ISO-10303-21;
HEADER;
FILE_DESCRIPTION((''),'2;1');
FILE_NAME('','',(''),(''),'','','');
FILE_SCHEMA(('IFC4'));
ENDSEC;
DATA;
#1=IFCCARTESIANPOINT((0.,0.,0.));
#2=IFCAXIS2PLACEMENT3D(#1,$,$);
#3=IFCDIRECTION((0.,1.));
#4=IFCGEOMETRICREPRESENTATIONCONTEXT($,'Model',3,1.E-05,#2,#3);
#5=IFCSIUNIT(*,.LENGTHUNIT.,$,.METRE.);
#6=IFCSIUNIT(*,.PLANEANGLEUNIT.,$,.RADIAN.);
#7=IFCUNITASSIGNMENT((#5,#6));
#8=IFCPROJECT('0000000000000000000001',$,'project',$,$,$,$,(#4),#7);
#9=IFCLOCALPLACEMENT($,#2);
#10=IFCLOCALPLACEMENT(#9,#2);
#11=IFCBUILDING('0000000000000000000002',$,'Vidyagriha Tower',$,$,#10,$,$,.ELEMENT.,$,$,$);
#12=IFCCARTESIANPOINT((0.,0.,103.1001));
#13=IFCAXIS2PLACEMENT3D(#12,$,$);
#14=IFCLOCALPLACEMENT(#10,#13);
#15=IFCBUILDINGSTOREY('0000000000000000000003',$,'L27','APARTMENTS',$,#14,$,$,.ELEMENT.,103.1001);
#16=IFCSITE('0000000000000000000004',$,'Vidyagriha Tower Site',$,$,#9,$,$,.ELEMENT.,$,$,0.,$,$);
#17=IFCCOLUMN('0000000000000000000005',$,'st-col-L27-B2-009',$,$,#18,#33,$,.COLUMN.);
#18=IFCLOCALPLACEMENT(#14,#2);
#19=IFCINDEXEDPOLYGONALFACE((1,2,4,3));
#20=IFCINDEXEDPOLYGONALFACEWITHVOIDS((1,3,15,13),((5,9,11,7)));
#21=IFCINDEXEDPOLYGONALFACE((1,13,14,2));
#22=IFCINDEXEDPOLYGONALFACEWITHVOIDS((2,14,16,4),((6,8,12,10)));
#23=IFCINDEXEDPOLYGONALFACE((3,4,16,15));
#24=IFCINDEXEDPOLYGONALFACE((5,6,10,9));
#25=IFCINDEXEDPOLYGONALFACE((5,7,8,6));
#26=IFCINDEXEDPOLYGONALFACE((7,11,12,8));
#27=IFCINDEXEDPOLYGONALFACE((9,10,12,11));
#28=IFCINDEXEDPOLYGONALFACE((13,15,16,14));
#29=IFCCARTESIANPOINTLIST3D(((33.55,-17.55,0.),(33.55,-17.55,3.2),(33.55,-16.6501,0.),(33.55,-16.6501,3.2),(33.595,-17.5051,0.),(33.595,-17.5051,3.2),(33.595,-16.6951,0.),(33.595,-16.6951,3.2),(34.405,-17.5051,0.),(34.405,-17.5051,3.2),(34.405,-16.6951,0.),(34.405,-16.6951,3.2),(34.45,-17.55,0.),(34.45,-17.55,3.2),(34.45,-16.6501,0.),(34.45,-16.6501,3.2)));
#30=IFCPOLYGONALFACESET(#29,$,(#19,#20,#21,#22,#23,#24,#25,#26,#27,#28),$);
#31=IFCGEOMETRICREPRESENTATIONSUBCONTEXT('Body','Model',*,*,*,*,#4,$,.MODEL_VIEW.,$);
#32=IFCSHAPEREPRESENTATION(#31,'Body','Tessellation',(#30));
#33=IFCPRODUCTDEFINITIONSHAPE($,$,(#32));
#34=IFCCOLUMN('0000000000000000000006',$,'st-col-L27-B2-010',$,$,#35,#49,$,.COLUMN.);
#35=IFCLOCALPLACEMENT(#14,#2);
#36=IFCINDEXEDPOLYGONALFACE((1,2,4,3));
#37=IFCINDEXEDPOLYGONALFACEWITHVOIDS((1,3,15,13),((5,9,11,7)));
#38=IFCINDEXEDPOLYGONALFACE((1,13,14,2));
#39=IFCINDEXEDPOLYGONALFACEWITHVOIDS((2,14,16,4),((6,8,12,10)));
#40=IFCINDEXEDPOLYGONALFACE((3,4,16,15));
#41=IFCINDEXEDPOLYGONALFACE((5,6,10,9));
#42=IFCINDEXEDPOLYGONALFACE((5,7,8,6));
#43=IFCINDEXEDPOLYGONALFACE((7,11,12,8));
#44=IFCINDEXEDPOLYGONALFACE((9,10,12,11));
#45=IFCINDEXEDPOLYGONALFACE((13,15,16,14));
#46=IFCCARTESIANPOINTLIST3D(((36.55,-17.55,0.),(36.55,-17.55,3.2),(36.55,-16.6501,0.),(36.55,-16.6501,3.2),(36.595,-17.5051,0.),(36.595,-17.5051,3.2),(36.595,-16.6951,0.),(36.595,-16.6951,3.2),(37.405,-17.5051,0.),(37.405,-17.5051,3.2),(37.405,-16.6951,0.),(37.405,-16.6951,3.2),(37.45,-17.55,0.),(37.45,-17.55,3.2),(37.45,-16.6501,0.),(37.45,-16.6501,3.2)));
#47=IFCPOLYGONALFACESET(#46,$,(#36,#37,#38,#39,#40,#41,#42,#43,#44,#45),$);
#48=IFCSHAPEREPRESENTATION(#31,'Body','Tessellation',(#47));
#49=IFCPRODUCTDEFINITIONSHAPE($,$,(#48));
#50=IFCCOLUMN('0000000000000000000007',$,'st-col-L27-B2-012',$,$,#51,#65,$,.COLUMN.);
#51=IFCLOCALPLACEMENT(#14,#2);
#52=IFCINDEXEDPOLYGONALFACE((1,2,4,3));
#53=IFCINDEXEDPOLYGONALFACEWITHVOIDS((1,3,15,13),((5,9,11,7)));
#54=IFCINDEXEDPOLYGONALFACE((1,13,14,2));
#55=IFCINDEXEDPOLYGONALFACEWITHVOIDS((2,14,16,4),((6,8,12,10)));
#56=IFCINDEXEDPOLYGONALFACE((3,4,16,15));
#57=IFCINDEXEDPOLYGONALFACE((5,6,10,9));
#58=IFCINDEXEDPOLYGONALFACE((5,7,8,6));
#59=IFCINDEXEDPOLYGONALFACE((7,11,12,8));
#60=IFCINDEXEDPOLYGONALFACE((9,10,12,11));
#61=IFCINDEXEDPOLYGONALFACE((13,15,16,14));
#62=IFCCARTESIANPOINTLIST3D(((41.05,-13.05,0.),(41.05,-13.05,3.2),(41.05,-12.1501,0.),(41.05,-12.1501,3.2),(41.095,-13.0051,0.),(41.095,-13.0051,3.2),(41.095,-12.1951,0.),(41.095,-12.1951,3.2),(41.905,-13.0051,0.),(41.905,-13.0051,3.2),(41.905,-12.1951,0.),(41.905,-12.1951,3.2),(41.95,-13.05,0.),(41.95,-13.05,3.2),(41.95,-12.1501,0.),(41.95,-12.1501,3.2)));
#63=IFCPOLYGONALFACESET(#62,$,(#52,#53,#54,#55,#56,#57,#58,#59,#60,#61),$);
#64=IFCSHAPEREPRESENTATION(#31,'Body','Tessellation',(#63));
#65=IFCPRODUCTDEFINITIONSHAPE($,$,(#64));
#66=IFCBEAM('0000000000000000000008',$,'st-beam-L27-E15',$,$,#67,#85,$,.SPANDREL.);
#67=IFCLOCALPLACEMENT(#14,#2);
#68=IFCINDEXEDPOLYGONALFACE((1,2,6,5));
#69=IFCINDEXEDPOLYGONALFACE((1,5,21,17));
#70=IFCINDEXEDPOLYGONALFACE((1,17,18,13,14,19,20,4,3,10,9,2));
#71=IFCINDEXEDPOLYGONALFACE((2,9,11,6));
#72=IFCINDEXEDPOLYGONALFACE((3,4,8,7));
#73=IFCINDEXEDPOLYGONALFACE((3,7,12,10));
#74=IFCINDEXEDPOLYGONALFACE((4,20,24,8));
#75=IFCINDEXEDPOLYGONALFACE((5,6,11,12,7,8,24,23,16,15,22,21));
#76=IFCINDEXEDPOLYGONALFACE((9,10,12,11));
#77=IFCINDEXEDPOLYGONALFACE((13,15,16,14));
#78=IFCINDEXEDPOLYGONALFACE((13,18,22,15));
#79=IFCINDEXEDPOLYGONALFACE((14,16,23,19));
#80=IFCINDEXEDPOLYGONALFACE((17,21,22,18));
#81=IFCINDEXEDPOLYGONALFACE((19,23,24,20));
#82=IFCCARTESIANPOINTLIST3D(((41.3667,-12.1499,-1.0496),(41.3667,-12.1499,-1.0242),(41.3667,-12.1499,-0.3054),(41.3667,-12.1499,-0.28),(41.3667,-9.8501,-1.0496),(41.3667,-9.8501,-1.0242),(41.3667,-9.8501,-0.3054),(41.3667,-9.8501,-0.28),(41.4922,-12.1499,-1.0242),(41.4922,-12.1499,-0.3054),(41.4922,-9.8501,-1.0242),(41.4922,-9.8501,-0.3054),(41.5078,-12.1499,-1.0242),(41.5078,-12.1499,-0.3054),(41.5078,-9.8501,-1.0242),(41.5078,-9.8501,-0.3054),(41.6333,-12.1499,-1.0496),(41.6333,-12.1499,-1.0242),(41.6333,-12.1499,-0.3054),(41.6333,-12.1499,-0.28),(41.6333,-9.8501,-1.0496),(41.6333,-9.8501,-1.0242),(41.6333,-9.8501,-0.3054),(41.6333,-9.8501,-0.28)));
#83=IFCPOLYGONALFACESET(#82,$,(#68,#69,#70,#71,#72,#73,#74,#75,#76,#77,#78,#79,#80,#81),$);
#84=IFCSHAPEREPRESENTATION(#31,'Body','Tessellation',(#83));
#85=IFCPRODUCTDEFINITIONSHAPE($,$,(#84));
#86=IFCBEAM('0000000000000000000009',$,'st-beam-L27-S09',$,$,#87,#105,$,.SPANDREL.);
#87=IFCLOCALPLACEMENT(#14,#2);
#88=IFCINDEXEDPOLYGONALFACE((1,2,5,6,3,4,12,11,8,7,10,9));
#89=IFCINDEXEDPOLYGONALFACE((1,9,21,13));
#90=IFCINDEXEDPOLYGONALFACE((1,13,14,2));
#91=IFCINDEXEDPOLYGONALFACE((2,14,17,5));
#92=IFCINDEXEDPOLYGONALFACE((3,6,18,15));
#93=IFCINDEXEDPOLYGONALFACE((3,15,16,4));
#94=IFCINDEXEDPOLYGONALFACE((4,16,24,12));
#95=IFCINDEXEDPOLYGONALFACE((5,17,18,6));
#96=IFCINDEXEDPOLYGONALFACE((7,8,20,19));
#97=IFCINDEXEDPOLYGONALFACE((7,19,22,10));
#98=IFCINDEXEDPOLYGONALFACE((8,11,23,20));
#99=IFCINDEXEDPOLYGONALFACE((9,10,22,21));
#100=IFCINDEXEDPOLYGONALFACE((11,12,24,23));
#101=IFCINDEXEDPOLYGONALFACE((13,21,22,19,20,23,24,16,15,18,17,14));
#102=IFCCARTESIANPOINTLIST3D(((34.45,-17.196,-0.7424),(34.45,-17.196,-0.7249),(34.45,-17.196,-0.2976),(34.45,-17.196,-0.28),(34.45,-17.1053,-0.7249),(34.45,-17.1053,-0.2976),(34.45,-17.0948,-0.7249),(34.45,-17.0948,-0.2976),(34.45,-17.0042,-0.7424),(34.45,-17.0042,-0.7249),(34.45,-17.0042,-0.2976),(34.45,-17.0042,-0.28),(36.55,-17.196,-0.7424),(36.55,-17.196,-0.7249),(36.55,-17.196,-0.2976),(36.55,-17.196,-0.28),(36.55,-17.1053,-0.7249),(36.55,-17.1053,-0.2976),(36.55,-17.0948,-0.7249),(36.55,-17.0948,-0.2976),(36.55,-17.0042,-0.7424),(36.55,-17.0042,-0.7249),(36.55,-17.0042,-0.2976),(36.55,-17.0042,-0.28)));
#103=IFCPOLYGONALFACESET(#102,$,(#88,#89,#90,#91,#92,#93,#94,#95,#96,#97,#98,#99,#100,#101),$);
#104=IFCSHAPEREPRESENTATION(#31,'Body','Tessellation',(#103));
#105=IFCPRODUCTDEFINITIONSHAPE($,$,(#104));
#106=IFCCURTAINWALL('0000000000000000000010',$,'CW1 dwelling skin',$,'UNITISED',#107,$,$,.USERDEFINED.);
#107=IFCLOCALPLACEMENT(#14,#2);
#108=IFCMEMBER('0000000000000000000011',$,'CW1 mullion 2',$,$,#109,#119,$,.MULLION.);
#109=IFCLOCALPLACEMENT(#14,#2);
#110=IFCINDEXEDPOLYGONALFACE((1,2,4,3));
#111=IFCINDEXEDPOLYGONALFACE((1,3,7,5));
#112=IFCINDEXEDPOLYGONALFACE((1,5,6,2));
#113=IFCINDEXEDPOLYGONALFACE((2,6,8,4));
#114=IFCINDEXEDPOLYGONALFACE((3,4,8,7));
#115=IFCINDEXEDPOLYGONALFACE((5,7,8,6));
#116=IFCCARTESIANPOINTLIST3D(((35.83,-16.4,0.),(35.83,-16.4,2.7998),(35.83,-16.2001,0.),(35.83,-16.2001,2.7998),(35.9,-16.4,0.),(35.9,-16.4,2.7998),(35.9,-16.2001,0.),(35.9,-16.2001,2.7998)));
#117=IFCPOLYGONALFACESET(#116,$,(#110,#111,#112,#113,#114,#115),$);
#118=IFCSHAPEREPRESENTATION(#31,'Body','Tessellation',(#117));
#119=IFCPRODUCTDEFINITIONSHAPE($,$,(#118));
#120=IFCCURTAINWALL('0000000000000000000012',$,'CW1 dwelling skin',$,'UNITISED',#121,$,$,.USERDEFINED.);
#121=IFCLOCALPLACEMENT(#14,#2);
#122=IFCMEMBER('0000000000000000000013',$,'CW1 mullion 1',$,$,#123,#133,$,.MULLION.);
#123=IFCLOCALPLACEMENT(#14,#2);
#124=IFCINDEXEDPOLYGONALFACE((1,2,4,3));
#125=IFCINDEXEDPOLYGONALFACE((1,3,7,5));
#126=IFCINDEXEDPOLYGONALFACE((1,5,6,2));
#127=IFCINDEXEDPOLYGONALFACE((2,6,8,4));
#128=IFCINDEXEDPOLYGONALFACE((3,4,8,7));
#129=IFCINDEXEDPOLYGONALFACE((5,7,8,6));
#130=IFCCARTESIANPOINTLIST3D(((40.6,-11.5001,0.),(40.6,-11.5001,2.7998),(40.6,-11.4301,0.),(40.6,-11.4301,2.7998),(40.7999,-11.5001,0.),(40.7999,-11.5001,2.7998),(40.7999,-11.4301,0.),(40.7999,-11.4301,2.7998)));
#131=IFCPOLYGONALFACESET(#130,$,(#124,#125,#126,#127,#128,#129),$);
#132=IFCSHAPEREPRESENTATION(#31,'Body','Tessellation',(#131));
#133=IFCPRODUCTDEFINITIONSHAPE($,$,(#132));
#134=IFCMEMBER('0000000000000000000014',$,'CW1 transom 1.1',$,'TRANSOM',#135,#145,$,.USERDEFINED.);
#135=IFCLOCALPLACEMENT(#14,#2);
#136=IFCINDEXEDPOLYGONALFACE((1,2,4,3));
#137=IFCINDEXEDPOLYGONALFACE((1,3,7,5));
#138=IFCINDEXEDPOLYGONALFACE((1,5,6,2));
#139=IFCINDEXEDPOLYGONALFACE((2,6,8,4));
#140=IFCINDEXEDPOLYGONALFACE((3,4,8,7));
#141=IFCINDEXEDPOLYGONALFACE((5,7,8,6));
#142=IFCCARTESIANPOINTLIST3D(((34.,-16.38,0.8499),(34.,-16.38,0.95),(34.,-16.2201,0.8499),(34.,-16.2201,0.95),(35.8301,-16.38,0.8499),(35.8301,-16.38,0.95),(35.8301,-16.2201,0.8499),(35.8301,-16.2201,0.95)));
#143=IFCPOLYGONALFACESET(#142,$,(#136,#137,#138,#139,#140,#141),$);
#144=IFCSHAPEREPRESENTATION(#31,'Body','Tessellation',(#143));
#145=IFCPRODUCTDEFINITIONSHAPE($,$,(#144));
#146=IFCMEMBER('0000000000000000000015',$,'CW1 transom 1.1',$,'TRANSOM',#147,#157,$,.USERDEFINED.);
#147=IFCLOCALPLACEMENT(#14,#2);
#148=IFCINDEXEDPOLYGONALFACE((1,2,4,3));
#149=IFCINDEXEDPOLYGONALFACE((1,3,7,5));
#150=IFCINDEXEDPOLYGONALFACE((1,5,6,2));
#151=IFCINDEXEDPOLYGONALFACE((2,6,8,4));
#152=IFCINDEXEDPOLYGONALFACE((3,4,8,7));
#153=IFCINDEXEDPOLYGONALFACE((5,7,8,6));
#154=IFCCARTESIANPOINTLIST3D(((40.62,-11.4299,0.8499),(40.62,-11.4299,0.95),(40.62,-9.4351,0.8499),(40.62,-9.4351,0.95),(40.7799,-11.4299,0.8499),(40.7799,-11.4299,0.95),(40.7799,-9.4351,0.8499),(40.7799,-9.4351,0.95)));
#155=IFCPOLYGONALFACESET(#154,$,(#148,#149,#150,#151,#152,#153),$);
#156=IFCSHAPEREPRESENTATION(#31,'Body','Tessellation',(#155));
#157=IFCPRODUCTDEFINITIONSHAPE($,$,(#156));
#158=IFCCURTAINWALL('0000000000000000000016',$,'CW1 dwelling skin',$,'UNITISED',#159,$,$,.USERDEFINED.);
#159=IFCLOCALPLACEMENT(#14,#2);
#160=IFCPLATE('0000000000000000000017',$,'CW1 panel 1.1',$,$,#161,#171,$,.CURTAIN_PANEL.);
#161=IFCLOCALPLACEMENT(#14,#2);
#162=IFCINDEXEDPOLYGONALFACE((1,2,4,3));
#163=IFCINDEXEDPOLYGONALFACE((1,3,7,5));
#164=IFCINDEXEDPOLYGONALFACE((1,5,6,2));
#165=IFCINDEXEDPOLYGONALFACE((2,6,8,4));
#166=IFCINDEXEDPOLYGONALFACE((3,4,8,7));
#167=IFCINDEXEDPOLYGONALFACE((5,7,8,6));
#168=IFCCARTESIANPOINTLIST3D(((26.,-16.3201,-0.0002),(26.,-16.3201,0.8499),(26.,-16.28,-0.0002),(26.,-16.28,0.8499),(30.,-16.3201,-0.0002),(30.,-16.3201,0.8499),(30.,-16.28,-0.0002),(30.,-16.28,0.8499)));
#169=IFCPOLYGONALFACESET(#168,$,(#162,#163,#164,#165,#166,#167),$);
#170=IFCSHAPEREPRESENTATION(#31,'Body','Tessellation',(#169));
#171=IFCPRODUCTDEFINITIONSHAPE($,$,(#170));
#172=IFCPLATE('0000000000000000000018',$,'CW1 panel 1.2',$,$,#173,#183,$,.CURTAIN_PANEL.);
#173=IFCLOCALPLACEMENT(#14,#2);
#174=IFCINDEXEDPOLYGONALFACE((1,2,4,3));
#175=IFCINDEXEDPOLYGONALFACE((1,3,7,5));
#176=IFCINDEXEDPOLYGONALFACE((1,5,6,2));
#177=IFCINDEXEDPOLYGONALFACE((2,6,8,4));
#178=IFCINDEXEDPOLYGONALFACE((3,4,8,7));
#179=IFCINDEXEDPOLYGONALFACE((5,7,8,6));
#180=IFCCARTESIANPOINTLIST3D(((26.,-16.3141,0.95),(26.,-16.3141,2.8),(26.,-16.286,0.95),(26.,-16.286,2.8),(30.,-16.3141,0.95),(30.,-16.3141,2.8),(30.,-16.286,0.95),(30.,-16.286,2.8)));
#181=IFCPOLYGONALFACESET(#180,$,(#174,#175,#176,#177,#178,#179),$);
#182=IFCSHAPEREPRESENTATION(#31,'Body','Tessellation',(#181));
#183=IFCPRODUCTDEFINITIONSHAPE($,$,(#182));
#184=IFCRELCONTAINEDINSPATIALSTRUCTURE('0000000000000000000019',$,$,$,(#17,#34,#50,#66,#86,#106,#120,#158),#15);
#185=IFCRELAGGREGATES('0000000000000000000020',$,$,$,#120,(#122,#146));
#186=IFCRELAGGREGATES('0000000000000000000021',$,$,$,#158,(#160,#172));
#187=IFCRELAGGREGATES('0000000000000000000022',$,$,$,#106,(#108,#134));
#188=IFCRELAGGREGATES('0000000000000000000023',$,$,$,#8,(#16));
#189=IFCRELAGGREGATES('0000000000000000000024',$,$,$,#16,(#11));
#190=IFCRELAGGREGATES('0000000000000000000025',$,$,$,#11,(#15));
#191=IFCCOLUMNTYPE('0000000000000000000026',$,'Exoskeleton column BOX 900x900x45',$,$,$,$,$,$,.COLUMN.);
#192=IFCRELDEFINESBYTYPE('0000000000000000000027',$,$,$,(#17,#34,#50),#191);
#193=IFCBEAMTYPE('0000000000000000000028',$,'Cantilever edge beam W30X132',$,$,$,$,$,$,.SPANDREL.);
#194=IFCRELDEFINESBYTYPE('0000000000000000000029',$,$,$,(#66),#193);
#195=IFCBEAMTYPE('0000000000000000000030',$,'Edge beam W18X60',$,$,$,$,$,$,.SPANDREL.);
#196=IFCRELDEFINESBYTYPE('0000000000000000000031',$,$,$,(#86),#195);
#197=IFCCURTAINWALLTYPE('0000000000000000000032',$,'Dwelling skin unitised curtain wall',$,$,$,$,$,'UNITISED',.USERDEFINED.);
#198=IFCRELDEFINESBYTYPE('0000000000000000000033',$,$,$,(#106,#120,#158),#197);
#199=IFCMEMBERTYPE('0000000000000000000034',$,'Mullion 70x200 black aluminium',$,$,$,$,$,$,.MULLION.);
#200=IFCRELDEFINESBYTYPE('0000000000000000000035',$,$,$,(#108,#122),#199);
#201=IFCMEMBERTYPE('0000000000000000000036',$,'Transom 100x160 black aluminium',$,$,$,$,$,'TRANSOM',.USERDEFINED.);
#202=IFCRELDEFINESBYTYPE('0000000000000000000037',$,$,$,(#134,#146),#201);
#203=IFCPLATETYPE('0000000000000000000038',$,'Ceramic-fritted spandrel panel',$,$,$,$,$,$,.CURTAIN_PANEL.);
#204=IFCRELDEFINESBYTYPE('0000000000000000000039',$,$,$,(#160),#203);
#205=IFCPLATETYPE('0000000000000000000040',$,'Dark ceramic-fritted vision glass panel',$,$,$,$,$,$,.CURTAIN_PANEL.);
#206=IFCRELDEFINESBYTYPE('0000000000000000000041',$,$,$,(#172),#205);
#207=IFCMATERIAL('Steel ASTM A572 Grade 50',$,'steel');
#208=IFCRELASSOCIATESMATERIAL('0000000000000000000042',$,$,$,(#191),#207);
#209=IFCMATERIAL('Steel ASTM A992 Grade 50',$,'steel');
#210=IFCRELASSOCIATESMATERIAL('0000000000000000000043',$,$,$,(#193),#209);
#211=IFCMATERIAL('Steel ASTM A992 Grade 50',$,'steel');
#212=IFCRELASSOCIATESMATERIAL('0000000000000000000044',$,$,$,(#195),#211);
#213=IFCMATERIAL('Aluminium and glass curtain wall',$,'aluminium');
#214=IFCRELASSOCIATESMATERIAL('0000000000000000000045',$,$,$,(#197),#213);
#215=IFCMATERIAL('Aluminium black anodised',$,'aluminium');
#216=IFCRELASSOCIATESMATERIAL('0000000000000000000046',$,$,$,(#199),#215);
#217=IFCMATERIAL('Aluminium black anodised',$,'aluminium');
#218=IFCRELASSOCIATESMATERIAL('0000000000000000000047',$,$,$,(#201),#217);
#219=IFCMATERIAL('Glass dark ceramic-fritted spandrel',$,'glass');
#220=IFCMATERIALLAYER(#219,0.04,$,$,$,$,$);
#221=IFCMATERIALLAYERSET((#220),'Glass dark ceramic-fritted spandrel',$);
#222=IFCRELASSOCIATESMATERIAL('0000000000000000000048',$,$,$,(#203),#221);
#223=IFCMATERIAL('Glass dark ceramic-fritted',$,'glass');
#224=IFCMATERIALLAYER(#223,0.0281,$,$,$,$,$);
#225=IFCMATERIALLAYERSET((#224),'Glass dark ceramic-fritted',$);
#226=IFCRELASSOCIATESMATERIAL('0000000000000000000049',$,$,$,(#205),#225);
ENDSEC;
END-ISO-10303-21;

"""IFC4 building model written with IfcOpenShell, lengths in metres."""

from ifc_helpers import new_model, si_unit, direction, frame, origin, origin_2d, place, context, subcontext, project, spatial, rectangle, hollow_rectangle, i_section, extrude, material, layer, layer_set, material_profile, profile_set, type_object, element, aggregate, save


model = new_model("IFC4")

# Units and contexts
model_context = context("Model", 3, precision=1e-05, world=origin(), true_north=direction((0.0, 1.0)))
body_context = subcontext(model_context, "Body", "Model", "MODEL_VIEW")
ifc_project = project(units=[si_unit("LENGTHUNIT", "METRE"), si_unit("PLANEANGLEUNIT", "RADIAN")], contexts=[model_context])

# Site, building, storey
site_placement = place(None, origin())
site = spatial("IfcSite", under=ifc_project, at=site_placement, Name="Vidyagriha Tower Site", CompositionType="ELEMENT", RefElevation=0.0)
building_placement = place(site_placement, origin())
building = spatial("IfcBuilding", under=site, at=building_placement, Name="Vidyagriha Tower", CompositionType="ELEMENT")
storey_placement = place(building_placement, frame((0.0, 0.0, 103.1001)))
storey = spatial("IfcBuildingStorey", under=building, at=storey_placement, Name="L27", Description="APARTMENTS", CompositionType="ELEMENT", Elevation=103.1001)

# Columns
ifc_material_1 = material(Name="Steel ASTM A572 Grade 50", Category="steel")
ifc_material_profile_1 = material_profile(ifc_material_1, hollow_rectangle(XDim=0.8999, YDim=0.8999, WallThickness=0.0449, at=origin_2d()), Name="BOX 900x900x45")
ifc_profile_set_1 = profile_set([ifc_material_profile_1], Name="Steel ASTM A572 Grade 50")
column_type = type_object("IfcColumnType", Name="Exoskeleton column BOX 900x900x45", PredefinedType="COLUMN", material=ifc_profile_set_1)
for number, where, name in (
    (1, (34.0, -17.1001, 0.0), "st-col-L27-B2-009"),
    (2, (37.0, -17.1001, 0.0), "st-col-L27-B2-010"),
    (3, (41.5, -12.6001, 0.0), "st-col-L27-B2-012"),
):
    element("IfcColumn", number, at=place(storey_placement, frame(where)), inside=storey, type_object=column_type, Name=name, PredefinedType="COLUMN", context=body_context, shape_type="SweptSolid", body=[
        extrude(hollow_rectangle(XDim=0.8999, YDim=0.8999, WallThickness=0.0449, at=origin_2d()), origin(), (0.0, 0.0, 1.0), 3.2),
    ])

# Beams
ifc_material_2 = material(Name="Steel ASTM A992 Grade 50", Category="steel")
ifc_material_profile_2 = material_profile(ifc_material_2, i_section(OverallWidth=0.2666, OverallDepth=0.7695, WebThickness=0.0156, FlangeThickness=0.0254, at=origin_2d()), Name="W30X132")
ifc_profile_set_2 = profile_set([ifc_material_profile_2], Name="Steel ASTM A992 Grade 50")
beam_type_1 = type_object("IfcBeamType", Name="Cantilever edge beam W30X132", PredefinedType="SPANDREL", material=ifc_profile_set_2)
beam_1_placement = place(storey_placement, frame((41.5, -12.1499, -0.6648), z_axis=(0.0, 1.0, 0.0), x_axis=(-1.0, 0.0, 0.0)))
element("IfcBeam", 4, at=beam_1_placement, inside=storey, type_object=beam_type_1, Name="st-beam-L27-E15", PredefinedType="SPANDREL", context=body_context, shape_type="SweptSolid", body=[
    extrude(i_section(OverallWidth=0.2666, OverallDepth=0.7695, WebThickness=0.0156, FlangeThickness=0.0254, at=origin_2d()), origin(), (0.0, 0.0, 1.0), 2.2998),
])
ifc_material_3 = material(Name="Steel ASTM A992 Grade 50", Category="steel")
ifc_material_profile_3 = material_profile(ifc_material_3, i_section(OverallWidth=0.1919, OverallDepth=0.4624, WebThickness=0.0105, FlangeThickness=0.0176, at=origin_2d()), Name="W18X60")
ifc_profile_set_3 = profile_set([ifc_material_profile_3], Name="Steel ASTM A992 Grade 50")
beam_type_2 = type_object("IfcBeamType", Name="Edge beam W18X60", PredefinedType="SPANDREL", material=ifc_profile_set_3)
beam_2_placement = place(storey_placement, frame((34.45, -17.1001, -0.5112), z_axis=(1.0, 0.0, 0.0), x_axis=(0.0, 1.0, 0.0)))
element("IfcBeam", 5, at=beam_2_placement, inside=storey, type_object=beam_type_2, Name="st-beam-L27-S09", PredefinedType="SPANDREL", context=body_context, shape_type="SweptSolid", body=[
    extrude(i_section(OverallWidth=0.1919, OverallDepth=0.4624, WebThickness=0.0105, FlangeThickness=0.0176, at=origin_2d()), origin(), (0.0, 0.0, 1.0), 2.1001),
])

# Curtain walls, members
ifc_material_4 = material(Name="Aluminium and glass curtain wall", Category="aluminium")
curtain_wall_type = type_object("IfcCurtainWallType", Name="Dwelling skin unitised curtain wall", ElementType="UNITISED", PredefinedType="USERDEFINED", material=ifc_material_4)
curtain_wall_1_placement = place(storey_placement, origin())
curtain_wall_1 = element("IfcCurtainWall", 6, at=curtain_wall_1_placement, inside=storey, type_object=curtain_wall_type, Name="CW1 dwelling skin", ObjectType="UNITISED", PredefinedType="USERDEFINED")
ifc_material_5 = material(Name="Aluminium black anodised", Category="aluminium")
ifc_material_profile_4 = material_profile(ifc_material_5, rectangle(XDim=0.2, YDim=0.0701, at=origin_2d()), Name="Mullion 70x200 black aluminium")
ifc_profile_set_4 = profile_set([ifc_material_profile_4], Name="Aluminium black anodised")
member_type_1 = type_object("IfcMemberType", Name="Mullion 70x200 black aluminium", PredefinedType="MULLION", material=ifc_profile_set_4)
member_1_placement = place(storey_placement, frame((35.865, -16.3, 0.0), z_axis=(0.0, 0.0, 1.0), x_axis=(0.0, 1.0, 0.0)))
member_1 = element("IfcMember", 7, at=member_1_placement, type_object=member_type_1, Name="CW1 mullion 2", PredefinedType="MULLION", context=body_context, shape_type="SweptSolid", body=[
    extrude(rectangle(XDim=0.2, YDim=0.0701, at=origin_2d()), origin(), (0.0, 0.0, 1.0), 2.7998),
])
curtain_wall_2_placement = place(storey_placement, origin())
curtain_wall_2 = element("IfcCurtainWall", 8, at=curtain_wall_2_placement, inside=storey, type_object=curtain_wall_type, Name="CW1 dwelling skin", ObjectType="UNITISED", PredefinedType="USERDEFINED")
member_2_placement = place(storey_placement, frame((40.7, -11.4651, 0.0), z_axis=(0.0, 0.0, 1.0), x_axis=(-1.0, 0.0, 0.0)))
member_2 = element("IfcMember", 9, at=member_2_placement, type_object=member_type_1, Name="CW1 mullion 1", PredefinedType="MULLION", context=body_context, shape_type="SweptSolid", body=[
    extrude(rectangle(XDim=0.2, YDim=0.0701, at=origin_2d()), origin(), (0.0, 0.0, 1.0), 2.7998),
])

# Members
ifc_material_6 = material(Name="Aluminium black anodised", Category="aluminium")
ifc_material_profile_5 = material_profile(ifc_material_6, rectangle(XDim=0.1599, YDim=0.1001, at=origin_2d()), Name="Transom 100x160 black aluminium")
ifc_profile_set_5 = profile_set([ifc_material_profile_5], Name="Aluminium black anodised")
member_type_2 = type_object("IfcMemberType", Name="Transom 100x160 black aluminium", ElementType="TRANSOM", PredefinedType="USERDEFINED", material=ifc_profile_set_5)
member_3_placement = place(storey_placement, frame((34.0, -16.3, 0.8999), z_axis=(1.0, 0.0, 0.0), x_axis=(0.0, 1.0, 0.0)))
member_3 = element("IfcMember", 10, at=member_3_placement, type_object=member_type_2, Name="CW1 transom 1.1", ObjectType="TRANSOM", PredefinedType="USERDEFINED", context=body_context, shape_type="SweptSolid", body=[
    extrude(rectangle(XDim=0.1599, YDim=0.1001, at=origin_2d()), origin(), (0.0, 0.0, 1.0), 1.8301),
])
member_4_placement = place(storey_placement, frame((40.7, -11.4299, 0.8999), z_axis=(0.0, 1.0, 0.0), x_axis=(-1.0, 0.0, 0.0)))
member_4 = element("IfcMember", 11, at=member_4_placement, type_object=member_type_2, Name="CW1 transom 1.1", ObjectType="TRANSOM", PredefinedType="USERDEFINED", context=body_context, shape_type="SweptSolid", body=[
    extrude(rectangle(XDim=0.1599, YDim=0.1001, at=origin_2d()), origin(), (0.0, 0.0, 1.0), 1.9949),
])
aggregate(curtain_wall_2, [member_2, member_4])

# Curtain wall, plates
curtain_wall_3_placement = place(storey_placement, origin())
curtain_wall_3 = element("IfcCurtainWall", 12, at=curtain_wall_3_placement, inside=storey, type_object=curtain_wall_type, Name="CW1 dwelling skin", ObjectType="UNITISED", PredefinedType="USERDEFINED")
ifc_material_7 = material(Name="Glass dark ceramic-fritted spandrel", Category="glass")
ifc_layer_1 = layer(ifc_material_7, 0.04)
ifc_layer_set_1 = layer_set([ifc_layer_1], Name="Glass dark ceramic-fritted spandrel")
plate_type_1 = type_object("IfcPlateType", Name="Ceramic-fritted spandrel panel", PredefinedType="CURTAIN_PANEL", material=ifc_layer_set_1)
plate_1_placement = place(storey_placement, frame((28.0, -16.3, -0.0002)))
plate_1 = element("IfcPlate", 13, at=plate_1_placement, type_object=plate_type_1, Name="CW1 panel 1.1", PredefinedType="CURTAIN_PANEL", context=body_context, shape_type="SweptSolid", body=[
    extrude(rectangle(XDim=4.0, YDim=0.04, at=origin_2d()), origin(), (0.0, 0.0, 1.0), 0.8501),
])
ifc_material_8 = material(Name="Glass dark ceramic-fritted", Category="glass")
ifc_layer_2 = layer(ifc_material_8, 0.0281)
ifc_layer_set_2 = layer_set([ifc_layer_2], Name="Glass dark ceramic-fritted")
plate_type_2 = type_object("IfcPlateType", Name="Dark ceramic-fritted vision glass panel", PredefinedType="CURTAIN_PANEL", material=ifc_layer_set_2)
plate_2_placement = place(storey_placement, frame((28.0, -16.3, 0.95)))
plate_2 = element("IfcPlate", 14, at=plate_2_placement, type_object=plate_type_2, Name="CW1 panel 1.2", PredefinedType="CURTAIN_PANEL", context=body_context, shape_type="SweptSolid", body=[
    extrude(rectangle(XDim=4.0, YDim=0.0281, at=origin_2d()), origin(), (0.0, 0.0, 1.0), 1.8501),
])
aggregate(curtain_wall_3, [plate_1, plate_2])

aggregate(curtain_wall_1, [member_1, member_3])

save(model, "model.ifc")
